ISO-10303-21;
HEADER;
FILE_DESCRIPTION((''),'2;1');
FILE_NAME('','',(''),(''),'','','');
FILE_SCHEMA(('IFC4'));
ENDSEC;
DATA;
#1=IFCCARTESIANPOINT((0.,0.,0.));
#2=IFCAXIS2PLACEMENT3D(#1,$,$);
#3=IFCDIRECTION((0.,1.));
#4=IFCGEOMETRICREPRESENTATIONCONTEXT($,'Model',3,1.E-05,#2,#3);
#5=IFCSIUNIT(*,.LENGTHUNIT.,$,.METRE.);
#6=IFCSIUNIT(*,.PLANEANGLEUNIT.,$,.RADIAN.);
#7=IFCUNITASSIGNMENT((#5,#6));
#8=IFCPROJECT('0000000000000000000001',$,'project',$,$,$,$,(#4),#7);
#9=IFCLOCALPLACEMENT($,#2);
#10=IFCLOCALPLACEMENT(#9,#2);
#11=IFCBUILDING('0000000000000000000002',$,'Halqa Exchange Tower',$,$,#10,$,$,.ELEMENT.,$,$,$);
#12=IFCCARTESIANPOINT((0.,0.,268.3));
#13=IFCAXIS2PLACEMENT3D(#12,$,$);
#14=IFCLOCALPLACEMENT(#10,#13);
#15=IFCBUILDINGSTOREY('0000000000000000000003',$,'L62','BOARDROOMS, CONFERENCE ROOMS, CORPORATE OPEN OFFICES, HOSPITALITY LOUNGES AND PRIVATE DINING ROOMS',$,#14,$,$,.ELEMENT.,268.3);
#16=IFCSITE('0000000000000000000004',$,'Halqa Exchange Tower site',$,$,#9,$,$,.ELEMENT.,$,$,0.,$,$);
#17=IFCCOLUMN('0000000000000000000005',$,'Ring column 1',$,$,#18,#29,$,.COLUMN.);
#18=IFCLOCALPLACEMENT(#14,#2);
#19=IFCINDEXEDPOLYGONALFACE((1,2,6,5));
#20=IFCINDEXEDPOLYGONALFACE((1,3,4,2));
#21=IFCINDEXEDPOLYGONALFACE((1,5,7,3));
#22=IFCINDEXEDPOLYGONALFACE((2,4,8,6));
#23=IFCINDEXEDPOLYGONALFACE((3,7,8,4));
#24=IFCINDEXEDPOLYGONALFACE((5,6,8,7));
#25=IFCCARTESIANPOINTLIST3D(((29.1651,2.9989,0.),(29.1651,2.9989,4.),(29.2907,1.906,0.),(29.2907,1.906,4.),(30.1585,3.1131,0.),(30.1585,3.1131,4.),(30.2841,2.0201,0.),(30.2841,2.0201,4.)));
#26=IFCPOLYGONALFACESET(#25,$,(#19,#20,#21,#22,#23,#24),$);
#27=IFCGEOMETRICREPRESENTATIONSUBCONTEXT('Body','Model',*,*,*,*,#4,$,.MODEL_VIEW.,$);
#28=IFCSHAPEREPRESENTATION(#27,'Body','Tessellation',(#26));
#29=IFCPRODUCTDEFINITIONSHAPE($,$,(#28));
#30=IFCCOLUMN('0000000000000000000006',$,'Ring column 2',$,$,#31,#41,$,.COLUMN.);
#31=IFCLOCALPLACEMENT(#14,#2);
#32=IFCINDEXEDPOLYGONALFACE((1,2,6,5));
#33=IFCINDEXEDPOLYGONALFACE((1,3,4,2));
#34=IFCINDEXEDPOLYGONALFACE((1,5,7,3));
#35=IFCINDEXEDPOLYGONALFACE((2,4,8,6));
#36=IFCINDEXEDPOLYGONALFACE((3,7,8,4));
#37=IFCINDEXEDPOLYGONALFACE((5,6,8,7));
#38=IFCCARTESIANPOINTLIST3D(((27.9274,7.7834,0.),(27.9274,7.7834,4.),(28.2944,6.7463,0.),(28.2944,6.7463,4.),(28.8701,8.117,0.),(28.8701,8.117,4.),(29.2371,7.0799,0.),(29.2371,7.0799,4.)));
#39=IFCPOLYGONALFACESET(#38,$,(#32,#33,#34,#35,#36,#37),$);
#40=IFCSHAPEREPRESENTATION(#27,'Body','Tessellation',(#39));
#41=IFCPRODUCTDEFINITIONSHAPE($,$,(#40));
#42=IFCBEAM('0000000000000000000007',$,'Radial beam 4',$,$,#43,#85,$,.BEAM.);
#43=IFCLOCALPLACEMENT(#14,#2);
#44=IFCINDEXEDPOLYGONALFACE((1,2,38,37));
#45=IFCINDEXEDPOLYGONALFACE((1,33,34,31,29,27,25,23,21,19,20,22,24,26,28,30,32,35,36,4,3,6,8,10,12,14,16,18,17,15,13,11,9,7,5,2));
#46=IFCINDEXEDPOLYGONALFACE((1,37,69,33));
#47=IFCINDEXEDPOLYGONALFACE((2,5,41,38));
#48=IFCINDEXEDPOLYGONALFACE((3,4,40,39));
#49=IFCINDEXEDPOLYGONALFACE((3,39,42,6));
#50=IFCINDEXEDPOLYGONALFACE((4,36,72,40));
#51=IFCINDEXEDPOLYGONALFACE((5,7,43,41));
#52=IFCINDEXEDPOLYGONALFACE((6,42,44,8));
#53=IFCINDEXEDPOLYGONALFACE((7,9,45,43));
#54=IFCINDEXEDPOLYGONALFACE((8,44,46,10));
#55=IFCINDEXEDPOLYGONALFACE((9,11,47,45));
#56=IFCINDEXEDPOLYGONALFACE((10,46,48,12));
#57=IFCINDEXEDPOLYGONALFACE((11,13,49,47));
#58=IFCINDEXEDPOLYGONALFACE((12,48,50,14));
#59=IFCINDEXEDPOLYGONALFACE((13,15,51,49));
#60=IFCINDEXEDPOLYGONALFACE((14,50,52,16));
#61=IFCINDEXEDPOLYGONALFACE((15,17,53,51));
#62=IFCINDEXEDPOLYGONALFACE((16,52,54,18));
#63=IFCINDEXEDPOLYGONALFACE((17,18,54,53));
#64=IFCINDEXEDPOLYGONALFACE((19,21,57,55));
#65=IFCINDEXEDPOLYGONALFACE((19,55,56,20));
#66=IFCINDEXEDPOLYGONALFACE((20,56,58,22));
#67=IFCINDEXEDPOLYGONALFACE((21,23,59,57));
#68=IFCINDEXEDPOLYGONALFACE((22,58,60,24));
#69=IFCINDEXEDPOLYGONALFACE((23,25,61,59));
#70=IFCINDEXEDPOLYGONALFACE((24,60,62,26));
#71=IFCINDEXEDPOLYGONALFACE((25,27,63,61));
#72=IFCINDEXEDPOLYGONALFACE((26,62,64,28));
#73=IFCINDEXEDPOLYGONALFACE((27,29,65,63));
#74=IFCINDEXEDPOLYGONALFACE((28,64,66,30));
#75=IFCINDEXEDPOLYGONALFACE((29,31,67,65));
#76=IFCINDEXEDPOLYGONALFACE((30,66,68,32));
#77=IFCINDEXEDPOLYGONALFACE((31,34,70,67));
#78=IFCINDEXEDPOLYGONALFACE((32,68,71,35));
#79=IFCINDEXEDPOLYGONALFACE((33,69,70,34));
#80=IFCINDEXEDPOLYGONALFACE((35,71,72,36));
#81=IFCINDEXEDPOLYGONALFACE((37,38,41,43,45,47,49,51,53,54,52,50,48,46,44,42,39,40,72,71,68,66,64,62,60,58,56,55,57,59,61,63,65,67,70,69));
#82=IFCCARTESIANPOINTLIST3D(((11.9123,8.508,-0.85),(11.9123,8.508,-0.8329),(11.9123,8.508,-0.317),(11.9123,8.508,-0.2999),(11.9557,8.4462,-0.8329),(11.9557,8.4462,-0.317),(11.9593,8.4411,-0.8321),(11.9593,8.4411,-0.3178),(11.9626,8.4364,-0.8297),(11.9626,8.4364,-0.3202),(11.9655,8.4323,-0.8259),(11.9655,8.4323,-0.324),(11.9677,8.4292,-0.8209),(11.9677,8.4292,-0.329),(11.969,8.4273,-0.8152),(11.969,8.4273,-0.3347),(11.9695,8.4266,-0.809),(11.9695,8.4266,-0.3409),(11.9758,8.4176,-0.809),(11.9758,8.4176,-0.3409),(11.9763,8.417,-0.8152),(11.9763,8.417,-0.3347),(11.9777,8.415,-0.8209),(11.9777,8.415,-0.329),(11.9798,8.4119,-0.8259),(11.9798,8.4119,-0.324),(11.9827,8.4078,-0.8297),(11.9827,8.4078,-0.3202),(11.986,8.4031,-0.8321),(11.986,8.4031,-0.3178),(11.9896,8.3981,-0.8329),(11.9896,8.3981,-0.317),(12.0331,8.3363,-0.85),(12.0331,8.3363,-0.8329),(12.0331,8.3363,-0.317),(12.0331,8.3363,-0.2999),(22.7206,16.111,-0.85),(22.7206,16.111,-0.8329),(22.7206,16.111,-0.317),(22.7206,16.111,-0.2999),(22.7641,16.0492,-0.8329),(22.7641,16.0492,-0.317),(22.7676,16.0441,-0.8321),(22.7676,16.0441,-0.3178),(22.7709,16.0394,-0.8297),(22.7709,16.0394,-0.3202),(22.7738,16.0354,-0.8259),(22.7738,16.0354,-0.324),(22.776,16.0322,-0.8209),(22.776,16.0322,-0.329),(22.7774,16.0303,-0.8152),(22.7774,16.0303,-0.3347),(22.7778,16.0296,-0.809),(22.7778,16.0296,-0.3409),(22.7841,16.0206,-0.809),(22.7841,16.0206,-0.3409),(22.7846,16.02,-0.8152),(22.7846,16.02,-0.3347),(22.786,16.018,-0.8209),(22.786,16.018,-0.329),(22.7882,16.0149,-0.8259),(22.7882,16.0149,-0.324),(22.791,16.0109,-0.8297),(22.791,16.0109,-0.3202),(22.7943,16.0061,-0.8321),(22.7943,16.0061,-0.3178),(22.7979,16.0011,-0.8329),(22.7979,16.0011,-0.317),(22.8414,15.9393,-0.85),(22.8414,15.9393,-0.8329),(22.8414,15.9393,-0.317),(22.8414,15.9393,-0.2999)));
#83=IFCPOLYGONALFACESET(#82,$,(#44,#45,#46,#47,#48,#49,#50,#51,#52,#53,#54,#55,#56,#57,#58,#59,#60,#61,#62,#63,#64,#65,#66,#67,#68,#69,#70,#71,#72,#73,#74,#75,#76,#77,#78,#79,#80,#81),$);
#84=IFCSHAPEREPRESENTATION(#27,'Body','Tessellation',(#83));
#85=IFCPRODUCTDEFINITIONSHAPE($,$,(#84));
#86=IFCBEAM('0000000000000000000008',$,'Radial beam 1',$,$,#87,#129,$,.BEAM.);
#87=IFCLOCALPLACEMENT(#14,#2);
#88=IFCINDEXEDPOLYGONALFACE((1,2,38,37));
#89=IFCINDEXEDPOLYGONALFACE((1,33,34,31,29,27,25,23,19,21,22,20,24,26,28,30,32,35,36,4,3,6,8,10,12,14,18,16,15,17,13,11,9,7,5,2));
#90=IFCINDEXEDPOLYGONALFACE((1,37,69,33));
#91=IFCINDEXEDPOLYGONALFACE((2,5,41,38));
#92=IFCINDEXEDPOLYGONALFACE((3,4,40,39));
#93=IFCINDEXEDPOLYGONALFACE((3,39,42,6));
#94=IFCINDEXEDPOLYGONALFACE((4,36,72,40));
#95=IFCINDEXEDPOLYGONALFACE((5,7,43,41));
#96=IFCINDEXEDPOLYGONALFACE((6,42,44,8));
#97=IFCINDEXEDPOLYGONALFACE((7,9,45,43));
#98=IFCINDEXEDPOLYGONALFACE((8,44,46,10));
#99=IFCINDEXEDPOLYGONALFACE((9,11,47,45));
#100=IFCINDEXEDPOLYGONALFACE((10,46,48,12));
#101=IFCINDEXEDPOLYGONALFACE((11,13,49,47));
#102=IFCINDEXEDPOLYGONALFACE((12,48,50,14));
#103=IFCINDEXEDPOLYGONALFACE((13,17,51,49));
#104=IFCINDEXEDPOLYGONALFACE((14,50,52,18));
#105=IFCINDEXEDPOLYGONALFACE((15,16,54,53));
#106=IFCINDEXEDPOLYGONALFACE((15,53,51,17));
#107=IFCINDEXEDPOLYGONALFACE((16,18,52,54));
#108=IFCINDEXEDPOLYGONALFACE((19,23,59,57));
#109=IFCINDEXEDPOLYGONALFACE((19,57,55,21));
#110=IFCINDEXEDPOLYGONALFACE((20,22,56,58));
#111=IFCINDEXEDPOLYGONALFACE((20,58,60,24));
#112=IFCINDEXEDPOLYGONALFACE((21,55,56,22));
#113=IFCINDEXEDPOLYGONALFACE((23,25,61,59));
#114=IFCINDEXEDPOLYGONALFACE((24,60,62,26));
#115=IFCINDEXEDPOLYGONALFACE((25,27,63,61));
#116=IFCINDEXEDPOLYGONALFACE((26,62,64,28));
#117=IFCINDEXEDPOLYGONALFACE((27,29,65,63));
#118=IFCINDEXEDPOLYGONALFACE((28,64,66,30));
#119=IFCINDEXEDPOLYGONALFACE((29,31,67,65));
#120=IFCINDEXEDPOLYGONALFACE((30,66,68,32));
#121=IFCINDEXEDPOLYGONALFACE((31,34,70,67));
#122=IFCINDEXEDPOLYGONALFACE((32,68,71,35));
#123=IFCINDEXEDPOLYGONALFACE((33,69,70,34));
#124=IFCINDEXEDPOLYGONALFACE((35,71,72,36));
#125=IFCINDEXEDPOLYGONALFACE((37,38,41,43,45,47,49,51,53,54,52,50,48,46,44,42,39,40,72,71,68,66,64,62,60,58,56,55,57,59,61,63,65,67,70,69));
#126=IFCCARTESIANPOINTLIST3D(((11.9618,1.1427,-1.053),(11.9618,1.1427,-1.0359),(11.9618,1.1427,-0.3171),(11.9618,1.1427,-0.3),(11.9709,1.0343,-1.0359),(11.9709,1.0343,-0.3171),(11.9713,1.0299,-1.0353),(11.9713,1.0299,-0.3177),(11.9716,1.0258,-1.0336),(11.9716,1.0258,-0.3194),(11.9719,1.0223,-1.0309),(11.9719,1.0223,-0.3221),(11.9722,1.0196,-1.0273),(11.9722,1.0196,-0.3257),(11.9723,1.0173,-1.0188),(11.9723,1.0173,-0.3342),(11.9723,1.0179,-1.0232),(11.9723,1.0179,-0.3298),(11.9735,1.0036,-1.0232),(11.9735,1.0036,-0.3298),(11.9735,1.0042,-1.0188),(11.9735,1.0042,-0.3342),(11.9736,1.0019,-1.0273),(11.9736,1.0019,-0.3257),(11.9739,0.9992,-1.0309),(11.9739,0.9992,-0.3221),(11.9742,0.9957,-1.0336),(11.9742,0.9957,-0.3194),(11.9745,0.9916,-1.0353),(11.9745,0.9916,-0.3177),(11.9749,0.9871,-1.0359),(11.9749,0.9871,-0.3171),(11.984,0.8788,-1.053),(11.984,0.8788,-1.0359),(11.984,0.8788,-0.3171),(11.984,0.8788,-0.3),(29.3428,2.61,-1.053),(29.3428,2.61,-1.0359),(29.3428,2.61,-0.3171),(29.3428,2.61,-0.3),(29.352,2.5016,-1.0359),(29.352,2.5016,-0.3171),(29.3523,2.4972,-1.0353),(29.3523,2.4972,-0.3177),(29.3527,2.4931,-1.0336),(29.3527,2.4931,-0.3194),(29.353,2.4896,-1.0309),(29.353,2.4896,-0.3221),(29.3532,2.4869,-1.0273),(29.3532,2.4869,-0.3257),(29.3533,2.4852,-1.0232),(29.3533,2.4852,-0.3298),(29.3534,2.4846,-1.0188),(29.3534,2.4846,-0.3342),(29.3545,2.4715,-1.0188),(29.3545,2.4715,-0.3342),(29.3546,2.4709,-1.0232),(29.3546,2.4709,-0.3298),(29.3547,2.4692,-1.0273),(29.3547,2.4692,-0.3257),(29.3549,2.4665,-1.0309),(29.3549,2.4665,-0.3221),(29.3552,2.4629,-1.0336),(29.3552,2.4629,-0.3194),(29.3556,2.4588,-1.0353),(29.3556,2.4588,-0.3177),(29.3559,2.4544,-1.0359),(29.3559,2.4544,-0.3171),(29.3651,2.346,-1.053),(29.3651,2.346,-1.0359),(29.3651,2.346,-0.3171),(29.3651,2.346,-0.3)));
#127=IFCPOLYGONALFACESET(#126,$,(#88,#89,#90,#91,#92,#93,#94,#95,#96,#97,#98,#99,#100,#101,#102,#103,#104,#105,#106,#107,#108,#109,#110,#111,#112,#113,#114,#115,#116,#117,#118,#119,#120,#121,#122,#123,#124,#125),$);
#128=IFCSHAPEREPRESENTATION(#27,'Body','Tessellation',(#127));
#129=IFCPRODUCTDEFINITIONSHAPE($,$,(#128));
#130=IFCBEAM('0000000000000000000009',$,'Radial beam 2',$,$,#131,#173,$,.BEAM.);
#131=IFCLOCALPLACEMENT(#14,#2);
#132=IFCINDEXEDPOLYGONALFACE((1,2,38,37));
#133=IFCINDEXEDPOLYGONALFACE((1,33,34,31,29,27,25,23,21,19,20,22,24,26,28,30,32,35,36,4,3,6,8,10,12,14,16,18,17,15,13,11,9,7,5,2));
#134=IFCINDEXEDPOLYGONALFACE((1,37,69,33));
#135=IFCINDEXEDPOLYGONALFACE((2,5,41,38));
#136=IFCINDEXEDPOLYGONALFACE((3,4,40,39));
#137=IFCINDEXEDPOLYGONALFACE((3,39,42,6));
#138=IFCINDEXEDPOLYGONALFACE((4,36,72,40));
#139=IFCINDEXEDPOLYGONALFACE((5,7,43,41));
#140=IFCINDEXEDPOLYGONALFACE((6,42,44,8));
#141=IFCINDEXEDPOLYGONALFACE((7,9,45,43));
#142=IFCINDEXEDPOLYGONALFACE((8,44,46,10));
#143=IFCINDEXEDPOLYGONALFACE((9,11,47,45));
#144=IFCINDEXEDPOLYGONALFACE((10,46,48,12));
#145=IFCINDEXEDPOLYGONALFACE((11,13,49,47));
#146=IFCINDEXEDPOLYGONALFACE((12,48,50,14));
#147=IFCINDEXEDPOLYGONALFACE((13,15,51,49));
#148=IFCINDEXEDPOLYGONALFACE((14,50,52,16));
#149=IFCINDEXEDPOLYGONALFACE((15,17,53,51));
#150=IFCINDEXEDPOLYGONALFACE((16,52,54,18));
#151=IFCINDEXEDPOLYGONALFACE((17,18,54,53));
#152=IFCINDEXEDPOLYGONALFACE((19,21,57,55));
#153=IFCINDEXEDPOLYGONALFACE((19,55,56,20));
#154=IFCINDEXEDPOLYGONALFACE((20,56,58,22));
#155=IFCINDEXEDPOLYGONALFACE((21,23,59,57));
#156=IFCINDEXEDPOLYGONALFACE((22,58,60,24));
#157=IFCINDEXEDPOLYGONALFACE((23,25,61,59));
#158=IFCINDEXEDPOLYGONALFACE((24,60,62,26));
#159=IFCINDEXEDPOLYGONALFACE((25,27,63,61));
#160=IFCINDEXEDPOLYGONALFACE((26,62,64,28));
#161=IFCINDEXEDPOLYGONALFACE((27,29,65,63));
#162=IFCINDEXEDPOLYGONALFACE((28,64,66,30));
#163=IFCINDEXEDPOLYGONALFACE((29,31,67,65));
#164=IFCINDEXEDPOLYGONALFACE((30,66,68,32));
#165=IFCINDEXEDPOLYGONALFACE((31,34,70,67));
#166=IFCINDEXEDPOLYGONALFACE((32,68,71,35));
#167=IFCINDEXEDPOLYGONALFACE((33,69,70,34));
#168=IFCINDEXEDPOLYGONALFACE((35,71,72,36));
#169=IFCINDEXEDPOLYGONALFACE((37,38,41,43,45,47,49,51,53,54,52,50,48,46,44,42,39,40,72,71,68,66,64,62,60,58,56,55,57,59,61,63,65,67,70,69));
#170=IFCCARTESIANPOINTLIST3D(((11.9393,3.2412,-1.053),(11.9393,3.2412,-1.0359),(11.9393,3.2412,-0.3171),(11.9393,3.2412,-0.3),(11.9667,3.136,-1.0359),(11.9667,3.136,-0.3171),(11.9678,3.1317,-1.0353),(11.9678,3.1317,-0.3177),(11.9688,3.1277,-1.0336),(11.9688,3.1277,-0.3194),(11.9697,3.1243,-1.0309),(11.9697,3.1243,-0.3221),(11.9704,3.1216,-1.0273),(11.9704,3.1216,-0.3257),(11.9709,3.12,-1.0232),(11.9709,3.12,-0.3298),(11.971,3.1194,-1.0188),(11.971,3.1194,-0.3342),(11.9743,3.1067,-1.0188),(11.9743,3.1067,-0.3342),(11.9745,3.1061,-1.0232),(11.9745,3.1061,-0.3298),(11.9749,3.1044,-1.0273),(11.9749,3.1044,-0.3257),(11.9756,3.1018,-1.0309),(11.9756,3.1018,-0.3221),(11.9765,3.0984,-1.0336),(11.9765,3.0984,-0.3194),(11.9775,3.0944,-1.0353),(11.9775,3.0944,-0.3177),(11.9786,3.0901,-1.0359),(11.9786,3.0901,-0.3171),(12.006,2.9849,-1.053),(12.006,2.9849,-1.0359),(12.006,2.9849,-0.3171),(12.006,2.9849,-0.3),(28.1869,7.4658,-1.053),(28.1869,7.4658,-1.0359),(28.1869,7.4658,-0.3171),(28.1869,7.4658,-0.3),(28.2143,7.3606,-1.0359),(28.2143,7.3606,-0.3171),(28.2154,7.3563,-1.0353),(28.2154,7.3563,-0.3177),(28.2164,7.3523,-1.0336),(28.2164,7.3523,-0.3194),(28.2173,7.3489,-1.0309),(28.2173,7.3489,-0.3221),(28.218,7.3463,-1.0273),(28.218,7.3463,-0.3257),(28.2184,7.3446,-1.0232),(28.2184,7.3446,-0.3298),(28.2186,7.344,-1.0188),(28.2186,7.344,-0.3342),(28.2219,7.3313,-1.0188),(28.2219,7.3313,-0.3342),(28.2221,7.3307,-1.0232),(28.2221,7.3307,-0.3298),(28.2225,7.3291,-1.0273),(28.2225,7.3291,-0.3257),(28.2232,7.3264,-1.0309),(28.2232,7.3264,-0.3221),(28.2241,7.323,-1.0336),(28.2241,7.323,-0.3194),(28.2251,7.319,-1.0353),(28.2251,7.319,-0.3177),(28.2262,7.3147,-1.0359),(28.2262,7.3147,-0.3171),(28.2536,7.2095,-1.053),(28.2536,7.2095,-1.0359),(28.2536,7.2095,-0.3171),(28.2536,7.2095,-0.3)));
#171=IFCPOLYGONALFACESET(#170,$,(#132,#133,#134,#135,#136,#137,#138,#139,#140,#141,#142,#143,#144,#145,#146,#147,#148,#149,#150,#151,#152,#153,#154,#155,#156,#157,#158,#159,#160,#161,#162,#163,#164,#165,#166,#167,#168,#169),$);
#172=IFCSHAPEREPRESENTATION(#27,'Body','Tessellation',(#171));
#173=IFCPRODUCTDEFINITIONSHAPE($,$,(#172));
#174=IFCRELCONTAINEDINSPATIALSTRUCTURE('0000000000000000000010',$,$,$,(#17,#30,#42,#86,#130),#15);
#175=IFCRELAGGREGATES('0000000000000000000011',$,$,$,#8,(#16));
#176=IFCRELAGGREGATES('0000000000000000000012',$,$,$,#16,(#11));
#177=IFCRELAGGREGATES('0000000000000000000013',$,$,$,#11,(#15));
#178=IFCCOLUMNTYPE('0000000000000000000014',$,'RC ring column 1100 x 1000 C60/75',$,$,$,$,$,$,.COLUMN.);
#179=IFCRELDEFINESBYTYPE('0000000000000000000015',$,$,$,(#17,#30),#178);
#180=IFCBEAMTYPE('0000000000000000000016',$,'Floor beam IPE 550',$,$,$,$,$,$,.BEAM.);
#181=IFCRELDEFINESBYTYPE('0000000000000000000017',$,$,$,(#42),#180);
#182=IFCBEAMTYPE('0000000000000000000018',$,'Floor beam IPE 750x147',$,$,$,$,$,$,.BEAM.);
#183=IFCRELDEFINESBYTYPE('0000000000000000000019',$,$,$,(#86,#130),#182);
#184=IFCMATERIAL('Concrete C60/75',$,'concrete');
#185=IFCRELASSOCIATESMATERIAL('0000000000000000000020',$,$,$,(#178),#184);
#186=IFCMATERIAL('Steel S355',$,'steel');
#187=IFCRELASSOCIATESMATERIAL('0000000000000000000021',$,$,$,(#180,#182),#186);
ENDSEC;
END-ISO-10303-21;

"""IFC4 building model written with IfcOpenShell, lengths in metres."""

from ifc_helpers import new_model, si_unit, direction, frame, origin, origin_2d, place, context, subcontext, project, spatial, rectangle, i_section, extrude, material, material_profile, profile_set, type_object, element, save


model = new_model("IFC4")

# Units and contexts
model_context = context("Model", 3, precision=1e-05, world=origin(), true_north=direction((0.0, 1.0)))
body_context = subcontext(model_context, "Body", "Model", "MODEL_VIEW")
ifc_project = project(units=[si_unit("LENGTHUNIT", "METRE"), si_unit("PLANEANGLEUNIT", "RADIAN")], contexts=[model_context])

# Site, building, storey
site_placement = place(None, origin())
site = spatial("IfcSite", under=ifc_project, at=site_placement, Name="Halqa Exchange Tower site", CompositionType="ELEMENT", RefElevation=0.0)
building_placement = place(site_placement, origin())
building = spatial("IfcBuilding", under=site, at=building_placement, Name="Halqa Exchange Tower", CompositionType="ELEMENT")
storey_placement = place(building_placement, frame((0.0, 0.0, 268.3)))
storey = spatial("IfcBuildingStorey", under=building, at=storey_placement, Name="L62", Description="BOARDROOMS, CONFERENCE ROOMS, CORPORATE OPEN OFFICES, HOSPITALITY LOUNGES AND PRIVATE DINING ROOMS", CompositionType="ELEMENT", Elevation=268.3)

# Columns
ifc_material_1 = material(Name="Concrete C60/75", Category="concrete")
ifc_material_profile_1 = material_profile(ifc_material_1, rectangle(XDim=1.1001, YDim=1.0, at=origin_2d()), Name="1100 x 1000")
ifc_profile_set_1 = profile_set([ifc_material_profile_1], Name="Concrete C60/75")
column_type = type_object("IfcColumnType", Name="RC ring column 1100 x 1000 C60/75", PredefinedType="COLUMN", material=ifc_profile_set_1)
for number, where, z_axis, x_axis, name in (
    (1, (29.7246, 2.5095, 0.0), (0.0, 0.0, 1.0), (-0.114155, 0.993463, 0.0), "Ring column 1"),
    (2, (28.5823, 7.4316, 0.0), (0.0, 0.0, 1.0), (-0.333628, 0.942705, 0.0), "Ring column 2"),
):
    element("IfcColumn", number, at=place(storey_placement, frame(where, z_axis=z_axis, x_axis=x_axis)), inside=storey, type_object=column_type, Name=name, PredefinedType="COLUMN", context=body_context, shape_type="SweptSolid", body=[
        extrude(rectangle(XDim=1.1001, YDim=1.0, at=origin_2d()), origin(), (0.0, 0.0, 1.0), 4.0),
    ])

# Beams
ifc_material_2 = material(Name="Steel S355", Category="steel")
ifc_material_profile_2 = material_profile(ifc_material_2, i_section(OverallWidth=0.21, OverallDepth=0.55, WebThickness=0.011, FlangeThickness=0.0171, FilletRadius=0.0239, at=origin_2d()), Name="IPE 550")
ifc_profile_set_2 = profile_set([ifc_material_profile_2], Name="Steel S355")
beam_type_1 = type_object("IfcBeamType", Name="Floor beam IPE 550", PredefinedType="BEAM", material=ifc_profile_set_2)
beam_1_placement = place(storey_placement, frame((11.9727, 8.4221, -0.575), z_axis=(0.817908, 0.575349, 0.0), x_axis=(-0.575349, 0.817908, 0.0)))
element("IfcBeam", 3, at=beam_1_placement, inside=storey, type_object=beam_type_1, Name="Radial beam 4", PredefinedType="BEAM", context=body_context, shape_type="SweptSolid", body=[
    extrude(i_section(OverallWidth=0.21, OverallDepth=0.55, WebThickness=0.011, FlangeThickness=0.0171, FilletRadius=0.0239, at=origin_2d()), origin(), (0.0, 0.0, 1.0), 13.2146),
])
ifc_material_profile_3 = material_profile(ifc_material_2, i_section(OverallWidth=0.2649, OverallDepth=0.7529, WebThickness=0.0132, FlangeThickness=0.0171, FilletRadius=0.0171, at=origin_2d()), Name="IPE 750x147")
ifc_profile_set_3 = profile_set([ifc_material_profile_3], Name="Steel S355")
beam_type_2 = type_object("IfcBeamType", Name="Floor beam IPE 750x147", PredefinedType="BEAM", material=ifc_profile_set_3)
beam_2_placement = place(storey_placement, frame((11.9729, 1.0107, -0.6765), z_axis=(0.996456, 0.084119, 0.0), x_axis=(-0.084119, 0.996456, 0.0)))
element("IfcBeam", 4, at=beam_2_placement, inside=storey, type_object=beam_type_2, Name="Radial beam 1", PredefinedType="BEAM", context=body_context, shape_type="SweptSolid", body=[
    extrude(i_section(OverallWidth=0.2649, OverallDepth=0.7529, WebThickness=0.0132, FlangeThickness=0.0171, FilletRadius=0.0171, at=origin_2d()), origin(), (0.0, 0.0, 1.0), 17.4429),
])
beam_3_placement = place(storey_placement, frame((11.9727, 3.113, -0.6765), z_axis=(0.967819, 0.251647, 0.0), x_axis=(-0.251647, 0.967819, 0.0)))
element("IfcBeam", 5, at=beam_3_placement, inside=storey, type_object=beam_type_2, Name="Radial beam 2", PredefinedType="BEAM", context=body_context, shape_type="SweptSolid", body=[
    extrude(i_section(OverallWidth=0.2649, OverallDepth=0.7529, WebThickness=0.0132, FlangeThickness=0.0171, FilletRadius=0.0171, at=origin_2d()), origin(), (0.0, 0.0, 1.0), 16.7878),
])

save(model, "model.ifc")
